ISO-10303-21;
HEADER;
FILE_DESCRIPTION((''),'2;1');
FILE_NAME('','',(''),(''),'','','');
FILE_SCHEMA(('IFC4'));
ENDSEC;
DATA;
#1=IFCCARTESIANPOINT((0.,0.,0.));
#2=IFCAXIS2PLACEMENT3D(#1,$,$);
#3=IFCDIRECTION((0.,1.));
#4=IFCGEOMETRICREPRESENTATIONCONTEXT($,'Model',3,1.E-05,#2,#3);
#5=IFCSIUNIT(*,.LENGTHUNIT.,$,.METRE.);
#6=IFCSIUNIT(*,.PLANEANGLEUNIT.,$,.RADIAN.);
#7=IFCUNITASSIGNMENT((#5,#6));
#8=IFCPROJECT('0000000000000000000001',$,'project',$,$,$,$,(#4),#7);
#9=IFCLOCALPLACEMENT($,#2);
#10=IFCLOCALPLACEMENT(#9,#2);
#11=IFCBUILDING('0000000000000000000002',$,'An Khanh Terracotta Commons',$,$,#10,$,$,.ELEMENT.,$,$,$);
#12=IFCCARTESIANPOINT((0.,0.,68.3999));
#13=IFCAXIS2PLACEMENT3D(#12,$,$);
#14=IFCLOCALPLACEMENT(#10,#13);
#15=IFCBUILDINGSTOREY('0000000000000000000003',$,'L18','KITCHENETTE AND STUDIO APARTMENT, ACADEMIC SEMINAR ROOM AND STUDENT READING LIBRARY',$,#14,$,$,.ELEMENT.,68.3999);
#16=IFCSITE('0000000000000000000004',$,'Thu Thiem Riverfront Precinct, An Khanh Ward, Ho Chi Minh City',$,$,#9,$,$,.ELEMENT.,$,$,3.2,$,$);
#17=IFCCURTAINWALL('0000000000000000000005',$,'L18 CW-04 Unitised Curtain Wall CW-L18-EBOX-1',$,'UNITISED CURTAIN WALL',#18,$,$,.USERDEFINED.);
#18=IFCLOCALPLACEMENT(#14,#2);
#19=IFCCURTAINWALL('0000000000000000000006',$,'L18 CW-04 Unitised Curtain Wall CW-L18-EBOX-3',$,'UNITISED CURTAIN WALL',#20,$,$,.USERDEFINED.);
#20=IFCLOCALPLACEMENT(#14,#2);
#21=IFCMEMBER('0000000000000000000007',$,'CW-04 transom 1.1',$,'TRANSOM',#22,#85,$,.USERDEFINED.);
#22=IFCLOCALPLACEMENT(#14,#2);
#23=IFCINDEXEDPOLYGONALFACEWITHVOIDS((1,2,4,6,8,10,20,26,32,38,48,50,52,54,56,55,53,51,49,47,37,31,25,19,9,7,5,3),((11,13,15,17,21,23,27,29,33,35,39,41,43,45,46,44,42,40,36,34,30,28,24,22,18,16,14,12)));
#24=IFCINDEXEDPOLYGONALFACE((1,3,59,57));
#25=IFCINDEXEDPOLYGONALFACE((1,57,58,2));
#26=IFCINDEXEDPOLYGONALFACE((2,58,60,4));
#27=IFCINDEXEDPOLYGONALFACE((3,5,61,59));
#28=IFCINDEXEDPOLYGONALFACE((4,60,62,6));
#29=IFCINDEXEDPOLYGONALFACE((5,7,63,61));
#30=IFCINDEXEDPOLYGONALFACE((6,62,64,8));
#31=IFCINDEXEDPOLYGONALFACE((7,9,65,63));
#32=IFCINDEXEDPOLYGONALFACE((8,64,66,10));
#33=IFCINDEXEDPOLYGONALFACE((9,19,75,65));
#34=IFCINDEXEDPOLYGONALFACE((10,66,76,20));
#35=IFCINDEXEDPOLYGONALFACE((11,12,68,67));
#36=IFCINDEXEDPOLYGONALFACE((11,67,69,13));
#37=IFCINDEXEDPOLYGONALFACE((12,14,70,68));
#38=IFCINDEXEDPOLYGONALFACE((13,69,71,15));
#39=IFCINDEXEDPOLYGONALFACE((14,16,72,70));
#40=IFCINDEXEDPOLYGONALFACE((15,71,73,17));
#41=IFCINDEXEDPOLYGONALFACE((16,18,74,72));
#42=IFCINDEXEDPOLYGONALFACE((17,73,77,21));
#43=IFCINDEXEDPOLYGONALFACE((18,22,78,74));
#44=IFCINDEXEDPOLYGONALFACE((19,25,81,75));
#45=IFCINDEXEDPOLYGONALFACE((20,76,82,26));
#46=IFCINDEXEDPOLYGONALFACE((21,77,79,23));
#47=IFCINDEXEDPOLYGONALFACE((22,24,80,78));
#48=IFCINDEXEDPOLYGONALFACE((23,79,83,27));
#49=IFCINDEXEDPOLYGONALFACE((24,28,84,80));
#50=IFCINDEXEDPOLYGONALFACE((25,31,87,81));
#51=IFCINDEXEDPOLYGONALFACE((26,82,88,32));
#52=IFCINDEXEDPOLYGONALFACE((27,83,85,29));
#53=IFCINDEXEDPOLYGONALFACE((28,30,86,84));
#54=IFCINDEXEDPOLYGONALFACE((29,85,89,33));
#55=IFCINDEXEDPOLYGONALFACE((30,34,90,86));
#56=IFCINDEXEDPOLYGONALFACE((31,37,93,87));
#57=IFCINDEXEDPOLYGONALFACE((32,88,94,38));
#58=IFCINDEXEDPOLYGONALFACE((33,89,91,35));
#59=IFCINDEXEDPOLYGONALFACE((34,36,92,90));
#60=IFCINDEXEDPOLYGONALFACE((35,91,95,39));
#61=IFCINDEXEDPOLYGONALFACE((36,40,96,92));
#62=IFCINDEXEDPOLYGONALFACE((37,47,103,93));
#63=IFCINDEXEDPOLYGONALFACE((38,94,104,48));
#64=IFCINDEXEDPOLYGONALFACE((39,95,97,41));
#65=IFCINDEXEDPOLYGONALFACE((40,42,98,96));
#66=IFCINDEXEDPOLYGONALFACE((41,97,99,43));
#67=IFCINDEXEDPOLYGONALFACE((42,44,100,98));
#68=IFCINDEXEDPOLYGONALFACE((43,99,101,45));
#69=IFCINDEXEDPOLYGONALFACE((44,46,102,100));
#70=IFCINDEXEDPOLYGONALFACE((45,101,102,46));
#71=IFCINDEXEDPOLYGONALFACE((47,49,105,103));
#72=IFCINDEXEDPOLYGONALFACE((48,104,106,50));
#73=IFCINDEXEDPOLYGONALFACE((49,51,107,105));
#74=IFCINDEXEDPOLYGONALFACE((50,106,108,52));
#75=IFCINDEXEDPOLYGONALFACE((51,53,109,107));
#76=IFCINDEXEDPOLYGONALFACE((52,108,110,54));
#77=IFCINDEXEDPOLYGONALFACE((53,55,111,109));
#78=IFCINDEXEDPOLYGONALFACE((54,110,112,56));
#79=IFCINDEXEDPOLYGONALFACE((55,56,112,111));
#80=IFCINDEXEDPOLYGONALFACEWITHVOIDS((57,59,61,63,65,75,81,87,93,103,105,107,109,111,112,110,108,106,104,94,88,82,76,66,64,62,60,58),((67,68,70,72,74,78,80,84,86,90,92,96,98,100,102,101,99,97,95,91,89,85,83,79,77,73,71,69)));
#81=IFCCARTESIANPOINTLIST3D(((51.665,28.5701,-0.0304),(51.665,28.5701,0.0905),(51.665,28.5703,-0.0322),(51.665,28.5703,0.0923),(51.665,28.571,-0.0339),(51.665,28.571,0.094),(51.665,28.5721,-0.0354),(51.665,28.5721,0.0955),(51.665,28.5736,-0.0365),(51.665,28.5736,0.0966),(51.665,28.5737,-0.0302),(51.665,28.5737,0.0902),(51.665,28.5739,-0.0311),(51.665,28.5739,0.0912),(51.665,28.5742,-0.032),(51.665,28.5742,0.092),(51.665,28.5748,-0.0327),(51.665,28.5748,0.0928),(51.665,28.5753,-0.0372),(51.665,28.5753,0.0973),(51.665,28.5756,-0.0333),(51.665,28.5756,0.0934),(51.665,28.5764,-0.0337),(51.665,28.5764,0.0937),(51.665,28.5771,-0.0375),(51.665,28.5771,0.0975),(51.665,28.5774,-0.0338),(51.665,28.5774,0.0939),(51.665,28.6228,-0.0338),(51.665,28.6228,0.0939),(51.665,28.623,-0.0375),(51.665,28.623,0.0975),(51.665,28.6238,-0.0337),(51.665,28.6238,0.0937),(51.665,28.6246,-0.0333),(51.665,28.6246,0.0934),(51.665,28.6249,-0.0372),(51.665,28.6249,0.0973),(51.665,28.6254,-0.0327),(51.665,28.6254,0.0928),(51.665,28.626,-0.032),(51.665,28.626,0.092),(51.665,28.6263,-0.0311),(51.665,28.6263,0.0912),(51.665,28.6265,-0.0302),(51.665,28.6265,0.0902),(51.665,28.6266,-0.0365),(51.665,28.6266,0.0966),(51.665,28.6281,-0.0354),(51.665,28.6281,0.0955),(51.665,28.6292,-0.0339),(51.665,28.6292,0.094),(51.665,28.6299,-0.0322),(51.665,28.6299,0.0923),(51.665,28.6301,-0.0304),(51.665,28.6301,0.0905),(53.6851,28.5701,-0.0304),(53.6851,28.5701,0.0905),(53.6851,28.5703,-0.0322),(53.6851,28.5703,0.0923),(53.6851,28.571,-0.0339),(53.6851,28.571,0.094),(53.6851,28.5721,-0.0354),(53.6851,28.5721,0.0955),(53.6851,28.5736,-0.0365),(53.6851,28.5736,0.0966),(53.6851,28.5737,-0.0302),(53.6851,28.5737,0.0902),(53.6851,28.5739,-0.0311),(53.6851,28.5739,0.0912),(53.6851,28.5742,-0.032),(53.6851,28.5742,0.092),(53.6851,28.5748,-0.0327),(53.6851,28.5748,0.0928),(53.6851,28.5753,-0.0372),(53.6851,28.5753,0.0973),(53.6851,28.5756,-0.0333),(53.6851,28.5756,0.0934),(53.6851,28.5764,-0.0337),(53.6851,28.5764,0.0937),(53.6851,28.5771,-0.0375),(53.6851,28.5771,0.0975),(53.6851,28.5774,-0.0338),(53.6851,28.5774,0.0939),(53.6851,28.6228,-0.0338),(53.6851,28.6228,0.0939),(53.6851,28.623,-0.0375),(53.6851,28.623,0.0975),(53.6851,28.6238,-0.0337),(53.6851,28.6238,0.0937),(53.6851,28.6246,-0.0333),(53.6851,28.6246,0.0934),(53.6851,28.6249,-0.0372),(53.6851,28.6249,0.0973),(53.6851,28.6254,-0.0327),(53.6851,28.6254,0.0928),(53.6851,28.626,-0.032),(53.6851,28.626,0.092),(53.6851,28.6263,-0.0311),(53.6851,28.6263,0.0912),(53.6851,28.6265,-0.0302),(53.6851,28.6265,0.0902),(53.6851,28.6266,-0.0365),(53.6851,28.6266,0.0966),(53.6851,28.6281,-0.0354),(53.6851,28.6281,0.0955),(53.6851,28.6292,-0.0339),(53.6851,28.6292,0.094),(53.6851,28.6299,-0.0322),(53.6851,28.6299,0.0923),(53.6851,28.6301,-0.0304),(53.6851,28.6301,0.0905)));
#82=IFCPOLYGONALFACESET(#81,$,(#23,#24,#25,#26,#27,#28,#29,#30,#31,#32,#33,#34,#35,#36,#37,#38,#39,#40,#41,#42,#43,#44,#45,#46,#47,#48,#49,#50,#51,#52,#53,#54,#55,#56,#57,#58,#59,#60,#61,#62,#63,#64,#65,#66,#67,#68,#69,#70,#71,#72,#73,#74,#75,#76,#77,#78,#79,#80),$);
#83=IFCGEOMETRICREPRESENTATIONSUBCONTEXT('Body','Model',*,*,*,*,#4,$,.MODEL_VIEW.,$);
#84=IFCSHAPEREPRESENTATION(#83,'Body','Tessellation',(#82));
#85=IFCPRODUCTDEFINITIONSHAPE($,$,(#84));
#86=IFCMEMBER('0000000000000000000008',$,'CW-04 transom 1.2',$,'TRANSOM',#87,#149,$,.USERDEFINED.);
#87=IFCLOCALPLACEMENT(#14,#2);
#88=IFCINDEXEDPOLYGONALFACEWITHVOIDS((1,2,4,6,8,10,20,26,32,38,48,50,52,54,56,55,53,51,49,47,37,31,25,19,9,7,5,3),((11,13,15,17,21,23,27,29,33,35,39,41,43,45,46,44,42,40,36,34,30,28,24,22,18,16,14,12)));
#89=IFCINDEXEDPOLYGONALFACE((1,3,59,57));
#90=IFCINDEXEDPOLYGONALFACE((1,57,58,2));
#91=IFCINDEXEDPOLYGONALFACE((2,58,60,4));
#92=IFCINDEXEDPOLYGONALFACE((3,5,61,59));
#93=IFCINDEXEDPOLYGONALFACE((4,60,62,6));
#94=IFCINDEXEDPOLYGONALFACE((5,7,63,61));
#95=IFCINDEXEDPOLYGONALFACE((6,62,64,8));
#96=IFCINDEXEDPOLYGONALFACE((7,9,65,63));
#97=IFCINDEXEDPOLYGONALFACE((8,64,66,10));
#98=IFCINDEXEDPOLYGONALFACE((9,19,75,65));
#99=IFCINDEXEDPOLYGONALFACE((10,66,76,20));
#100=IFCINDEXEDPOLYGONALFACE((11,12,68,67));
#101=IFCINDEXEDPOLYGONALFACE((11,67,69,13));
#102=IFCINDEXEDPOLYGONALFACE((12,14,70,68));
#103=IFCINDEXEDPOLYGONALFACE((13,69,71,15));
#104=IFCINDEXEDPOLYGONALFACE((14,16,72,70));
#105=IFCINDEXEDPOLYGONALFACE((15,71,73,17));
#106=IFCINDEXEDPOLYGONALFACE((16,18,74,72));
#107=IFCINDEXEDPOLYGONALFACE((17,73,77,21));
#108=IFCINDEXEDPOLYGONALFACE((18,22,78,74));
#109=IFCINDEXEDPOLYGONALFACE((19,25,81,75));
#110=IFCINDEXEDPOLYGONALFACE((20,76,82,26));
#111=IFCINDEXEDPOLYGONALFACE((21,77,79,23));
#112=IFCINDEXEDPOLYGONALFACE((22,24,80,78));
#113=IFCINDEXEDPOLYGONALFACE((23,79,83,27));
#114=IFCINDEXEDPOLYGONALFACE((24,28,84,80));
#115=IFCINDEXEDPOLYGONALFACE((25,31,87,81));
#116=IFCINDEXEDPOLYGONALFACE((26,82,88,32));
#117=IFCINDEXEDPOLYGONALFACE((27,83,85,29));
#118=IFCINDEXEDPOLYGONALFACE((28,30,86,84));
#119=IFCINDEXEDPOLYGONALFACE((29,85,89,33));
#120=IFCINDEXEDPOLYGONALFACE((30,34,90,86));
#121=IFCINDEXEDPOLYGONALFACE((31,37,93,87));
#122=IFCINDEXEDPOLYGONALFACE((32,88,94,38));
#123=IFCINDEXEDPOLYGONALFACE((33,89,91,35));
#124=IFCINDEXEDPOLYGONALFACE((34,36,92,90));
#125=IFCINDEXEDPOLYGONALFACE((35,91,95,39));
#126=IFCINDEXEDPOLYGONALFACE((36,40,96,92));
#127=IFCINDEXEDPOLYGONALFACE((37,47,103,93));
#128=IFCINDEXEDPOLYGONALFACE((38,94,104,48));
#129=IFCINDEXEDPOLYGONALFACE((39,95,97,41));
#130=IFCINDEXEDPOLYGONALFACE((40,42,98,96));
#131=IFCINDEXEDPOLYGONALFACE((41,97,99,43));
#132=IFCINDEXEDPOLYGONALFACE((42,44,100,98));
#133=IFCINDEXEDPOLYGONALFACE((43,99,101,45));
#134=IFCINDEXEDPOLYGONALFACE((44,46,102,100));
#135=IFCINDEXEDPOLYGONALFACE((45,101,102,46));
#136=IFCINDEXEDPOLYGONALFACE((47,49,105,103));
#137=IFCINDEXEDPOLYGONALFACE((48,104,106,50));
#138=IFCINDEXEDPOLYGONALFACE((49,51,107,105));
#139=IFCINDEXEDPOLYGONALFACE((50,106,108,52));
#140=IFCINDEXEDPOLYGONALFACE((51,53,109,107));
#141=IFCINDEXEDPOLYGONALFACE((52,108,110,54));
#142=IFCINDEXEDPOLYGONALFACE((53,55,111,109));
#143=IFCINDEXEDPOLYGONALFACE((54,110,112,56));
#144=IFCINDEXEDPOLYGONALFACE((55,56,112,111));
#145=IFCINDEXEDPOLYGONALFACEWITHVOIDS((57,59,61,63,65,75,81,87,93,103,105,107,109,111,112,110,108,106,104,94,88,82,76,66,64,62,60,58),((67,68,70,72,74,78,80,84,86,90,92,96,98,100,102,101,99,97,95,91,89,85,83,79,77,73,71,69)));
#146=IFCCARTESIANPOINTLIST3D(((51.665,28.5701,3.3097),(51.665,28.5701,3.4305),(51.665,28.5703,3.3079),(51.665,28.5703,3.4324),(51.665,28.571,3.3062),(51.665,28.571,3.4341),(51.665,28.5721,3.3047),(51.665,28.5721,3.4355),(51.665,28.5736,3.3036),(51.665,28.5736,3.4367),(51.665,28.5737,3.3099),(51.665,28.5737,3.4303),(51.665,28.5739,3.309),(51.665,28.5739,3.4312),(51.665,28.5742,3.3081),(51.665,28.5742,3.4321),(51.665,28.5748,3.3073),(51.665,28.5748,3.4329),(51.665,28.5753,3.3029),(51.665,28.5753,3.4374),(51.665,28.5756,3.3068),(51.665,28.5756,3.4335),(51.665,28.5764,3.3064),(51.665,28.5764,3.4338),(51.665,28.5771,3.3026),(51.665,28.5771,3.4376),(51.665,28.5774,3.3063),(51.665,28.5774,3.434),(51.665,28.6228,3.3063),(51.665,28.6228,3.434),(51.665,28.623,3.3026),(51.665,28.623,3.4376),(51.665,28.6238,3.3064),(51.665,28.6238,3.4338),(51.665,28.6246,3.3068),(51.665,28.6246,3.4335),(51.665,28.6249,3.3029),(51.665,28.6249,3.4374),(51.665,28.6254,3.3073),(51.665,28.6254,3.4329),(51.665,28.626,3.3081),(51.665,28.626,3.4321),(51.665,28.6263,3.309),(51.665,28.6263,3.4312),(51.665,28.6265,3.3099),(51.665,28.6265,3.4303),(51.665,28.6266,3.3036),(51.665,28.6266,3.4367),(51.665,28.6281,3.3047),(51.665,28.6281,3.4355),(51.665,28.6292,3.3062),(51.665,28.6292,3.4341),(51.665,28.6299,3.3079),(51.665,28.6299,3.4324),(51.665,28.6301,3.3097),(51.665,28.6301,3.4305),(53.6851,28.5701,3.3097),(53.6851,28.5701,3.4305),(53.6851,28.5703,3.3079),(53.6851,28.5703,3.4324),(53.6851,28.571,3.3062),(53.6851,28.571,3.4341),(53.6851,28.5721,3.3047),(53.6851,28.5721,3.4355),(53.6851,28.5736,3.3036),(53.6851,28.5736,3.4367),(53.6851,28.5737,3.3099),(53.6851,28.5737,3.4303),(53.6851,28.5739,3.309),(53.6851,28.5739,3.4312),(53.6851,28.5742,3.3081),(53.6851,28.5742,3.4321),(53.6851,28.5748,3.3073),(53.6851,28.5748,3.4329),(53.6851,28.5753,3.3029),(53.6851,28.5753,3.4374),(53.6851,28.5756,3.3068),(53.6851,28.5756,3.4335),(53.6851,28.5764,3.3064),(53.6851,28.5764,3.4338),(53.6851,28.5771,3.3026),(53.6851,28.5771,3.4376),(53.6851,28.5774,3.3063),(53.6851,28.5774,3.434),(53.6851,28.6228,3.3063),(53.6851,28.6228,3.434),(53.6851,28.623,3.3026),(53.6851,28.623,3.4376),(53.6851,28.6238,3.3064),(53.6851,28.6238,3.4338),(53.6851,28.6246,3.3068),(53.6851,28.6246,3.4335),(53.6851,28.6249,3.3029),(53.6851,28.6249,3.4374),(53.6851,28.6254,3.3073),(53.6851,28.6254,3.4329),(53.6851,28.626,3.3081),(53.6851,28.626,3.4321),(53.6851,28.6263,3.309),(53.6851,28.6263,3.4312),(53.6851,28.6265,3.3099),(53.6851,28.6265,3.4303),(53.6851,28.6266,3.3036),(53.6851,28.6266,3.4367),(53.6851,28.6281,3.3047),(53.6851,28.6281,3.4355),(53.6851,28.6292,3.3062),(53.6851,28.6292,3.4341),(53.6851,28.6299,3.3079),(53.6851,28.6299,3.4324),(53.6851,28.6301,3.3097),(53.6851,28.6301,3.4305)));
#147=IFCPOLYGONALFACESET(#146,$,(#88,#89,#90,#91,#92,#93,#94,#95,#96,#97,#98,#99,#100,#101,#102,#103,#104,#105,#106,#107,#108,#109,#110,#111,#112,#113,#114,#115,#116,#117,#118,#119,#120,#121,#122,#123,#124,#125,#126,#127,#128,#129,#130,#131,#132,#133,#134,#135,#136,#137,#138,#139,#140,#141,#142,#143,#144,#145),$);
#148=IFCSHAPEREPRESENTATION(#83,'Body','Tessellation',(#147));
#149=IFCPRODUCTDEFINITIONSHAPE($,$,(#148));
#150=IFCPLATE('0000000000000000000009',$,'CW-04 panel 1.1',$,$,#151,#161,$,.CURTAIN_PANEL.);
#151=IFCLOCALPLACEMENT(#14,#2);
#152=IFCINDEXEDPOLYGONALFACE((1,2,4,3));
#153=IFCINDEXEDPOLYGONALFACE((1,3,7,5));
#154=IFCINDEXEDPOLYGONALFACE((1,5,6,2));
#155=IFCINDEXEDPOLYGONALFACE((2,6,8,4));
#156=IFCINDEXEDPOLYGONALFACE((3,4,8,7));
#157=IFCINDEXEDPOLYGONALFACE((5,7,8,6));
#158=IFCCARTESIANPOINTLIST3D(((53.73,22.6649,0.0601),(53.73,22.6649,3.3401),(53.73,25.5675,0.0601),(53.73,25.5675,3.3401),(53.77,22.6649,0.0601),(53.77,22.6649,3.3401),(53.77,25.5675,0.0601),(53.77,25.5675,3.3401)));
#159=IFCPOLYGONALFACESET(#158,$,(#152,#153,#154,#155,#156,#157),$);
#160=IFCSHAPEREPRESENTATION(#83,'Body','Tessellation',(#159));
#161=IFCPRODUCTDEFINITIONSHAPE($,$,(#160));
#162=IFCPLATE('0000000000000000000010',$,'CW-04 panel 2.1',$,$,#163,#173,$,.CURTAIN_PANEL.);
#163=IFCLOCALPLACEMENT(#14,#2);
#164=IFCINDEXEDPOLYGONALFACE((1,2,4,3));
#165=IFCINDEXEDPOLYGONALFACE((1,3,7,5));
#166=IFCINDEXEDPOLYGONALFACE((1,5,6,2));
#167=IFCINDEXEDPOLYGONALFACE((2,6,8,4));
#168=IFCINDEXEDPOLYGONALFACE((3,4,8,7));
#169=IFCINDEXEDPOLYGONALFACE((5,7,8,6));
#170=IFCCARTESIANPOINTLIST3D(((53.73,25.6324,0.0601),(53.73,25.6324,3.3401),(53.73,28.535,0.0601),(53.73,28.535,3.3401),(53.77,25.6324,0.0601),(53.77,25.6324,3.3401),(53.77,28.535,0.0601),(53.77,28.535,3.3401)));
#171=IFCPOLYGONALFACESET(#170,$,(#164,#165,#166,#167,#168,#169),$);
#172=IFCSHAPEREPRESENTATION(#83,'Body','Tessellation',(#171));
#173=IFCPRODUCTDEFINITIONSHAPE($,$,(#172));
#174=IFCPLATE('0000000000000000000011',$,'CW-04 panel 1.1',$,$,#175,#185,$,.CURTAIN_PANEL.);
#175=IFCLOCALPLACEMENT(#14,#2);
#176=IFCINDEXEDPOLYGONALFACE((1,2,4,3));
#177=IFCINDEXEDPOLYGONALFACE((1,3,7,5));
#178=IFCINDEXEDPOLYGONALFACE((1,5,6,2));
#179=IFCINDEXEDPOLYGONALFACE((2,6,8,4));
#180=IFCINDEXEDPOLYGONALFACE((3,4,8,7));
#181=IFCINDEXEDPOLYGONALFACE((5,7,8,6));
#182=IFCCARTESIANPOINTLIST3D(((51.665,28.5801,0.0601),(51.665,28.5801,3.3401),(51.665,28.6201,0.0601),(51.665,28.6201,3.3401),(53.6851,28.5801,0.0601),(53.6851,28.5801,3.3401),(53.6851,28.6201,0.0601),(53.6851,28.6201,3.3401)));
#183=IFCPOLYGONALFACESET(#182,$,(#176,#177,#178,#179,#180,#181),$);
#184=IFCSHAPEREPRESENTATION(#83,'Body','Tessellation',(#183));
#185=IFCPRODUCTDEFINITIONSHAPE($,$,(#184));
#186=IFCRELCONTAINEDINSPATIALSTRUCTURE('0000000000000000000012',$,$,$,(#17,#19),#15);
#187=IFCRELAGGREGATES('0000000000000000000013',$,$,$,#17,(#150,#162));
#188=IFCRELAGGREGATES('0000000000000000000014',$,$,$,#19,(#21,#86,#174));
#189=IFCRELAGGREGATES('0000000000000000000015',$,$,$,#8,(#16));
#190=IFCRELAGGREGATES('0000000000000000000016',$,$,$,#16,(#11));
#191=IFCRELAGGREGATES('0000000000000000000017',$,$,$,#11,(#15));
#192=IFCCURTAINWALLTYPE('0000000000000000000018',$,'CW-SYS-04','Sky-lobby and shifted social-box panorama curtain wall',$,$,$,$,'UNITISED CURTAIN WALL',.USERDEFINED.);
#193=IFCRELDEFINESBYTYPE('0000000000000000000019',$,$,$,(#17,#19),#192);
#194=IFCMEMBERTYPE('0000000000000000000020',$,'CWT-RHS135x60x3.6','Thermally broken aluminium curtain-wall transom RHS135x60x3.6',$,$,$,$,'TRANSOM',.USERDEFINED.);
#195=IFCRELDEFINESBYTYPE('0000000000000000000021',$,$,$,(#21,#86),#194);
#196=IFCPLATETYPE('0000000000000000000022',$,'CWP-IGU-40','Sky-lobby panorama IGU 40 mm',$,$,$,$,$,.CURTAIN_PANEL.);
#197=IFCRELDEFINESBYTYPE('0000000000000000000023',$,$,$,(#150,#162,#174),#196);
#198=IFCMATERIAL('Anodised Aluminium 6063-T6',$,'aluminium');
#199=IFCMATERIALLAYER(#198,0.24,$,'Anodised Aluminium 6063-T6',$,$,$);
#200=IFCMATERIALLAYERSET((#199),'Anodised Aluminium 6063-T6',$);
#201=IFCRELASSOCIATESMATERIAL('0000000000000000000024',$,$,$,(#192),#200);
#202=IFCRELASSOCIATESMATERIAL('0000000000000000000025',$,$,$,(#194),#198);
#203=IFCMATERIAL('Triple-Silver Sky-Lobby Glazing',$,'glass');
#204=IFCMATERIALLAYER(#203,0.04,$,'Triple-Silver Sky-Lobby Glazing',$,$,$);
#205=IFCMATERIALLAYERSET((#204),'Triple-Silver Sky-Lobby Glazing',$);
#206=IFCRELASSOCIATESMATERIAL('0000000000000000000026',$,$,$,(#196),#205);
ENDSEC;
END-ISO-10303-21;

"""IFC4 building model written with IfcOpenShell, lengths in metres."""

from ifc_helpers import new_model, si_unit, direction, frame, origin, origin_2d, place, context, subcontext, project, spatial, rectangle, hollow_rectangle, extrude, material, layer, layer_set, material_profile, profile_set, type_object, element, aggregate, save


model = new_model("IFC4")

# Units and contexts
model_context = context("Model", 3, precision=1e-05, world=origin(), true_north=direction((0.0, 1.0)))
body_context = subcontext(model_context, "Body", "Model", "MODEL_VIEW")
ifc_project = project(units=[si_unit("LENGTHUNIT", "METRE"), si_unit("PLANEANGLEUNIT", "RADIAN")], contexts=[model_context])

# Site, building, storey
site_placement = place(None, origin())
site = spatial("IfcSite", under=ifc_project, at=site_placement, Name="Thu Thiem Riverfront Precinct, An Khanh Ward, Ho Chi Minh City", CompositionType="ELEMENT", RefElevation=3.2)
building_placement = place(site_placement, origin())
building = spatial("IfcBuilding", under=site, at=building_placement, Name="An Khanh Terracotta Commons", CompositionType="ELEMENT")
storey_placement = place(building_placement, frame((0.0, 0.0, 68.3999)))
storey = spatial("IfcBuildingStorey", under=building, at=storey_placement, Name="L18", Description="KITCHENETTE AND STUDIO APARTMENT, ACADEMIC SEMINAR ROOM AND STUDENT READING LIBRARY", CompositionType="ELEMENT", Elevation=68.3999)

# Curtain walls
ifc_material_1 = material(Name="Anodised Aluminium 6063-T6", Category="aluminium")
ifc_layer_1 = layer(ifc_material_1, 0.24, Name="Anodised Aluminium 6063-T6")
ifc_layer_set_1 = layer_set([ifc_layer_1], Name="Anodised Aluminium 6063-T6")
curtain_wall_type = type_object("IfcCurtainWallType", Name="CW-SYS-04", Description="Sky-lobby and shifted social-box panorama curtain wall", ElementType="UNITISED CURTAIN WALL", PredefinedType="USERDEFINED", material=ifc_layer_set_1)
curtain_wall_1_placement = place(storey_placement, origin())
curtain_wall_1 = element("IfcCurtainWall", 1, at=curtain_wall_1_placement, inside=storey, type_object=curtain_wall_type, Name="L18 CW-04 Unitised Curtain Wall CW-L18-EBOX-1", ObjectType="UNITISED CURTAIN WALL", PredefinedType="USERDEFINED")
curtain_wall_2_placement = place(storey_placement, origin())
curtain_wall_2 = element("IfcCurtainWall", 2, at=curtain_wall_2_placement, inside=storey, type_object=curtain_wall_type, Name="L18 CW-04 Unitised Curtain Wall CW-L18-EBOX-3", ObjectType="UNITISED CURTAIN WALL", PredefinedType="USERDEFINED")

# Members
ifc_material_profile_1 = material_profile(ifc_material_1, hollow_rectangle(XDim=0.0601, YDim=0.135, WallThickness=0.0037, InnerFilletRadius=0.0037, OuterFilletRadius=0.0071, at=origin_2d()), Name="RHS135x60x3.6")
ifc_profile_set_1 = profile_set([ifc_material_profile_1], Name="Anodised Aluminium 6063-T6")
member_type_1 = type_object("IfcMemberType", Name="CWT-RHS135x60x3.6", Description="Thermally broken aluminium curtain-wall transom RHS135x60x3.6", ElementType="TRANSOM", PredefinedType="USERDEFINED", material=ifc_profile_set_1)
member_1_placement = place(storey_placement, frame((53.6851, 28.6001, 0.03), z_axis=(-1.0, 0.0, 0.0), x_axis=(0.0, -1.0, 0.0)))
member_1 = element("IfcMember", 3, at=member_1_placement, type_object=member_type_1, Name="CW-04 transom 1.1", ObjectType="TRANSOM", PredefinedType="USERDEFINED", context=body_context, shape_type="SweptSolid", body=[
    extrude(hollow_rectangle(XDim=0.0601, YDim=0.135, WallThickness=0.0037, InnerFilletRadius=0.0037, OuterFilletRadius=0.0071, at=origin_2d()), origin(), (0.0, 0.0, 1.0), 2.02),
])
member_2_placement = place(storey_placement, frame((53.6851, 28.6001, 3.3701), z_axis=(-1.0, 0.0, 0.0), x_axis=(0.0, -1.0, 0.0)))
member_2 = element("IfcMember", 4, at=member_2_placement, type_object=member_type_1, Name="CW-04 transom 1.2", ObjectType="TRANSOM", PredefinedType="USERDEFINED", context=body_context, shape_type="SweptSolid", body=[
    extrude(hollow_rectangle(XDim=0.0601, YDim=0.135, WallThickness=0.0037, InnerFilletRadius=0.0037, OuterFilletRadius=0.0071, at=origin_2d()), origin(), (0.0, 0.0, 1.0), 2.02),
])

# Plates
ifc_material_2 = material(Name="Triple-Silver Sky-Lobby Glazing", Category="glass")
ifc_layer_2 = layer(ifc_material_2, 0.04, Name="Triple-Silver Sky-Lobby Glazing")
ifc_layer_set_2 = layer_set([ifc_layer_2], Name="Triple-Silver Sky-Lobby Glazing")
plate_type = type_object("IfcPlateType", Name="CWP-IGU-40", Description="Sky-lobby panorama IGU 40 mm", PredefinedType="CURTAIN_PANEL", material=ifc_layer_set_2)
plate_1_placement = place(storey_placement, frame((53.75, 24.1162, 0.0601), z_axis=(0.0, 0.0, 1.0), x_axis=(0.0, 1.0, 0.0)))
plate_1 = element("IfcPlate", 5, at=plate_1_placement, type_object=plate_type, Name="CW-04 panel 1.1", PredefinedType="CURTAIN_PANEL", context=body_context, shape_type="SweptSolid", body=[
    extrude(rectangle(XDim=2.9026, YDim=0.04, at=origin_2d()), origin(), (0.0, 0.0, 1.0), 3.28),
])
plate_2_placement = place(storey_placement, frame((53.75, 27.0837, 0.0601), z_axis=(0.0, 0.0, 1.0), x_axis=(0.0, 1.0, 0.0)))
plate_2 = element("IfcPlate", 6, at=plate_2_placement, type_object=plate_type, Name="CW-04 panel 2.1", PredefinedType="CURTAIN_PANEL", context=body_context, shape_type="SweptSolid", body=[
    extrude(rectangle(XDim=2.9026, YDim=0.04, at=origin_2d()), origin(), (0.0, 0.0, 1.0), 3.28),
])
aggregate(curtain_wall_1, [plate_1, plate_2])
plate_3_placement = place(storey_placement, frame((52.675, 28.6001, 0.0601), z_axis=(0.0, 0.0, 1.0), x_axis=(-1.0, 0.0, 0.0)))
plate_3 = element("IfcPlate", 7, at=plate_3_placement, type_object=plate_type, Name="CW-04 panel 1.1", PredefinedType="CURTAIN_PANEL", context=body_context, shape_type="SweptSolid", body=[
    extrude(rectangle(XDim=2.02, YDim=0.04, at=origin_2d()), origin(), (0.0, 0.0, 1.0), 3.28),
])
aggregate(curtain_wall_2, [member_1, member_2, plate_3])

save(model, "model.ifc")
